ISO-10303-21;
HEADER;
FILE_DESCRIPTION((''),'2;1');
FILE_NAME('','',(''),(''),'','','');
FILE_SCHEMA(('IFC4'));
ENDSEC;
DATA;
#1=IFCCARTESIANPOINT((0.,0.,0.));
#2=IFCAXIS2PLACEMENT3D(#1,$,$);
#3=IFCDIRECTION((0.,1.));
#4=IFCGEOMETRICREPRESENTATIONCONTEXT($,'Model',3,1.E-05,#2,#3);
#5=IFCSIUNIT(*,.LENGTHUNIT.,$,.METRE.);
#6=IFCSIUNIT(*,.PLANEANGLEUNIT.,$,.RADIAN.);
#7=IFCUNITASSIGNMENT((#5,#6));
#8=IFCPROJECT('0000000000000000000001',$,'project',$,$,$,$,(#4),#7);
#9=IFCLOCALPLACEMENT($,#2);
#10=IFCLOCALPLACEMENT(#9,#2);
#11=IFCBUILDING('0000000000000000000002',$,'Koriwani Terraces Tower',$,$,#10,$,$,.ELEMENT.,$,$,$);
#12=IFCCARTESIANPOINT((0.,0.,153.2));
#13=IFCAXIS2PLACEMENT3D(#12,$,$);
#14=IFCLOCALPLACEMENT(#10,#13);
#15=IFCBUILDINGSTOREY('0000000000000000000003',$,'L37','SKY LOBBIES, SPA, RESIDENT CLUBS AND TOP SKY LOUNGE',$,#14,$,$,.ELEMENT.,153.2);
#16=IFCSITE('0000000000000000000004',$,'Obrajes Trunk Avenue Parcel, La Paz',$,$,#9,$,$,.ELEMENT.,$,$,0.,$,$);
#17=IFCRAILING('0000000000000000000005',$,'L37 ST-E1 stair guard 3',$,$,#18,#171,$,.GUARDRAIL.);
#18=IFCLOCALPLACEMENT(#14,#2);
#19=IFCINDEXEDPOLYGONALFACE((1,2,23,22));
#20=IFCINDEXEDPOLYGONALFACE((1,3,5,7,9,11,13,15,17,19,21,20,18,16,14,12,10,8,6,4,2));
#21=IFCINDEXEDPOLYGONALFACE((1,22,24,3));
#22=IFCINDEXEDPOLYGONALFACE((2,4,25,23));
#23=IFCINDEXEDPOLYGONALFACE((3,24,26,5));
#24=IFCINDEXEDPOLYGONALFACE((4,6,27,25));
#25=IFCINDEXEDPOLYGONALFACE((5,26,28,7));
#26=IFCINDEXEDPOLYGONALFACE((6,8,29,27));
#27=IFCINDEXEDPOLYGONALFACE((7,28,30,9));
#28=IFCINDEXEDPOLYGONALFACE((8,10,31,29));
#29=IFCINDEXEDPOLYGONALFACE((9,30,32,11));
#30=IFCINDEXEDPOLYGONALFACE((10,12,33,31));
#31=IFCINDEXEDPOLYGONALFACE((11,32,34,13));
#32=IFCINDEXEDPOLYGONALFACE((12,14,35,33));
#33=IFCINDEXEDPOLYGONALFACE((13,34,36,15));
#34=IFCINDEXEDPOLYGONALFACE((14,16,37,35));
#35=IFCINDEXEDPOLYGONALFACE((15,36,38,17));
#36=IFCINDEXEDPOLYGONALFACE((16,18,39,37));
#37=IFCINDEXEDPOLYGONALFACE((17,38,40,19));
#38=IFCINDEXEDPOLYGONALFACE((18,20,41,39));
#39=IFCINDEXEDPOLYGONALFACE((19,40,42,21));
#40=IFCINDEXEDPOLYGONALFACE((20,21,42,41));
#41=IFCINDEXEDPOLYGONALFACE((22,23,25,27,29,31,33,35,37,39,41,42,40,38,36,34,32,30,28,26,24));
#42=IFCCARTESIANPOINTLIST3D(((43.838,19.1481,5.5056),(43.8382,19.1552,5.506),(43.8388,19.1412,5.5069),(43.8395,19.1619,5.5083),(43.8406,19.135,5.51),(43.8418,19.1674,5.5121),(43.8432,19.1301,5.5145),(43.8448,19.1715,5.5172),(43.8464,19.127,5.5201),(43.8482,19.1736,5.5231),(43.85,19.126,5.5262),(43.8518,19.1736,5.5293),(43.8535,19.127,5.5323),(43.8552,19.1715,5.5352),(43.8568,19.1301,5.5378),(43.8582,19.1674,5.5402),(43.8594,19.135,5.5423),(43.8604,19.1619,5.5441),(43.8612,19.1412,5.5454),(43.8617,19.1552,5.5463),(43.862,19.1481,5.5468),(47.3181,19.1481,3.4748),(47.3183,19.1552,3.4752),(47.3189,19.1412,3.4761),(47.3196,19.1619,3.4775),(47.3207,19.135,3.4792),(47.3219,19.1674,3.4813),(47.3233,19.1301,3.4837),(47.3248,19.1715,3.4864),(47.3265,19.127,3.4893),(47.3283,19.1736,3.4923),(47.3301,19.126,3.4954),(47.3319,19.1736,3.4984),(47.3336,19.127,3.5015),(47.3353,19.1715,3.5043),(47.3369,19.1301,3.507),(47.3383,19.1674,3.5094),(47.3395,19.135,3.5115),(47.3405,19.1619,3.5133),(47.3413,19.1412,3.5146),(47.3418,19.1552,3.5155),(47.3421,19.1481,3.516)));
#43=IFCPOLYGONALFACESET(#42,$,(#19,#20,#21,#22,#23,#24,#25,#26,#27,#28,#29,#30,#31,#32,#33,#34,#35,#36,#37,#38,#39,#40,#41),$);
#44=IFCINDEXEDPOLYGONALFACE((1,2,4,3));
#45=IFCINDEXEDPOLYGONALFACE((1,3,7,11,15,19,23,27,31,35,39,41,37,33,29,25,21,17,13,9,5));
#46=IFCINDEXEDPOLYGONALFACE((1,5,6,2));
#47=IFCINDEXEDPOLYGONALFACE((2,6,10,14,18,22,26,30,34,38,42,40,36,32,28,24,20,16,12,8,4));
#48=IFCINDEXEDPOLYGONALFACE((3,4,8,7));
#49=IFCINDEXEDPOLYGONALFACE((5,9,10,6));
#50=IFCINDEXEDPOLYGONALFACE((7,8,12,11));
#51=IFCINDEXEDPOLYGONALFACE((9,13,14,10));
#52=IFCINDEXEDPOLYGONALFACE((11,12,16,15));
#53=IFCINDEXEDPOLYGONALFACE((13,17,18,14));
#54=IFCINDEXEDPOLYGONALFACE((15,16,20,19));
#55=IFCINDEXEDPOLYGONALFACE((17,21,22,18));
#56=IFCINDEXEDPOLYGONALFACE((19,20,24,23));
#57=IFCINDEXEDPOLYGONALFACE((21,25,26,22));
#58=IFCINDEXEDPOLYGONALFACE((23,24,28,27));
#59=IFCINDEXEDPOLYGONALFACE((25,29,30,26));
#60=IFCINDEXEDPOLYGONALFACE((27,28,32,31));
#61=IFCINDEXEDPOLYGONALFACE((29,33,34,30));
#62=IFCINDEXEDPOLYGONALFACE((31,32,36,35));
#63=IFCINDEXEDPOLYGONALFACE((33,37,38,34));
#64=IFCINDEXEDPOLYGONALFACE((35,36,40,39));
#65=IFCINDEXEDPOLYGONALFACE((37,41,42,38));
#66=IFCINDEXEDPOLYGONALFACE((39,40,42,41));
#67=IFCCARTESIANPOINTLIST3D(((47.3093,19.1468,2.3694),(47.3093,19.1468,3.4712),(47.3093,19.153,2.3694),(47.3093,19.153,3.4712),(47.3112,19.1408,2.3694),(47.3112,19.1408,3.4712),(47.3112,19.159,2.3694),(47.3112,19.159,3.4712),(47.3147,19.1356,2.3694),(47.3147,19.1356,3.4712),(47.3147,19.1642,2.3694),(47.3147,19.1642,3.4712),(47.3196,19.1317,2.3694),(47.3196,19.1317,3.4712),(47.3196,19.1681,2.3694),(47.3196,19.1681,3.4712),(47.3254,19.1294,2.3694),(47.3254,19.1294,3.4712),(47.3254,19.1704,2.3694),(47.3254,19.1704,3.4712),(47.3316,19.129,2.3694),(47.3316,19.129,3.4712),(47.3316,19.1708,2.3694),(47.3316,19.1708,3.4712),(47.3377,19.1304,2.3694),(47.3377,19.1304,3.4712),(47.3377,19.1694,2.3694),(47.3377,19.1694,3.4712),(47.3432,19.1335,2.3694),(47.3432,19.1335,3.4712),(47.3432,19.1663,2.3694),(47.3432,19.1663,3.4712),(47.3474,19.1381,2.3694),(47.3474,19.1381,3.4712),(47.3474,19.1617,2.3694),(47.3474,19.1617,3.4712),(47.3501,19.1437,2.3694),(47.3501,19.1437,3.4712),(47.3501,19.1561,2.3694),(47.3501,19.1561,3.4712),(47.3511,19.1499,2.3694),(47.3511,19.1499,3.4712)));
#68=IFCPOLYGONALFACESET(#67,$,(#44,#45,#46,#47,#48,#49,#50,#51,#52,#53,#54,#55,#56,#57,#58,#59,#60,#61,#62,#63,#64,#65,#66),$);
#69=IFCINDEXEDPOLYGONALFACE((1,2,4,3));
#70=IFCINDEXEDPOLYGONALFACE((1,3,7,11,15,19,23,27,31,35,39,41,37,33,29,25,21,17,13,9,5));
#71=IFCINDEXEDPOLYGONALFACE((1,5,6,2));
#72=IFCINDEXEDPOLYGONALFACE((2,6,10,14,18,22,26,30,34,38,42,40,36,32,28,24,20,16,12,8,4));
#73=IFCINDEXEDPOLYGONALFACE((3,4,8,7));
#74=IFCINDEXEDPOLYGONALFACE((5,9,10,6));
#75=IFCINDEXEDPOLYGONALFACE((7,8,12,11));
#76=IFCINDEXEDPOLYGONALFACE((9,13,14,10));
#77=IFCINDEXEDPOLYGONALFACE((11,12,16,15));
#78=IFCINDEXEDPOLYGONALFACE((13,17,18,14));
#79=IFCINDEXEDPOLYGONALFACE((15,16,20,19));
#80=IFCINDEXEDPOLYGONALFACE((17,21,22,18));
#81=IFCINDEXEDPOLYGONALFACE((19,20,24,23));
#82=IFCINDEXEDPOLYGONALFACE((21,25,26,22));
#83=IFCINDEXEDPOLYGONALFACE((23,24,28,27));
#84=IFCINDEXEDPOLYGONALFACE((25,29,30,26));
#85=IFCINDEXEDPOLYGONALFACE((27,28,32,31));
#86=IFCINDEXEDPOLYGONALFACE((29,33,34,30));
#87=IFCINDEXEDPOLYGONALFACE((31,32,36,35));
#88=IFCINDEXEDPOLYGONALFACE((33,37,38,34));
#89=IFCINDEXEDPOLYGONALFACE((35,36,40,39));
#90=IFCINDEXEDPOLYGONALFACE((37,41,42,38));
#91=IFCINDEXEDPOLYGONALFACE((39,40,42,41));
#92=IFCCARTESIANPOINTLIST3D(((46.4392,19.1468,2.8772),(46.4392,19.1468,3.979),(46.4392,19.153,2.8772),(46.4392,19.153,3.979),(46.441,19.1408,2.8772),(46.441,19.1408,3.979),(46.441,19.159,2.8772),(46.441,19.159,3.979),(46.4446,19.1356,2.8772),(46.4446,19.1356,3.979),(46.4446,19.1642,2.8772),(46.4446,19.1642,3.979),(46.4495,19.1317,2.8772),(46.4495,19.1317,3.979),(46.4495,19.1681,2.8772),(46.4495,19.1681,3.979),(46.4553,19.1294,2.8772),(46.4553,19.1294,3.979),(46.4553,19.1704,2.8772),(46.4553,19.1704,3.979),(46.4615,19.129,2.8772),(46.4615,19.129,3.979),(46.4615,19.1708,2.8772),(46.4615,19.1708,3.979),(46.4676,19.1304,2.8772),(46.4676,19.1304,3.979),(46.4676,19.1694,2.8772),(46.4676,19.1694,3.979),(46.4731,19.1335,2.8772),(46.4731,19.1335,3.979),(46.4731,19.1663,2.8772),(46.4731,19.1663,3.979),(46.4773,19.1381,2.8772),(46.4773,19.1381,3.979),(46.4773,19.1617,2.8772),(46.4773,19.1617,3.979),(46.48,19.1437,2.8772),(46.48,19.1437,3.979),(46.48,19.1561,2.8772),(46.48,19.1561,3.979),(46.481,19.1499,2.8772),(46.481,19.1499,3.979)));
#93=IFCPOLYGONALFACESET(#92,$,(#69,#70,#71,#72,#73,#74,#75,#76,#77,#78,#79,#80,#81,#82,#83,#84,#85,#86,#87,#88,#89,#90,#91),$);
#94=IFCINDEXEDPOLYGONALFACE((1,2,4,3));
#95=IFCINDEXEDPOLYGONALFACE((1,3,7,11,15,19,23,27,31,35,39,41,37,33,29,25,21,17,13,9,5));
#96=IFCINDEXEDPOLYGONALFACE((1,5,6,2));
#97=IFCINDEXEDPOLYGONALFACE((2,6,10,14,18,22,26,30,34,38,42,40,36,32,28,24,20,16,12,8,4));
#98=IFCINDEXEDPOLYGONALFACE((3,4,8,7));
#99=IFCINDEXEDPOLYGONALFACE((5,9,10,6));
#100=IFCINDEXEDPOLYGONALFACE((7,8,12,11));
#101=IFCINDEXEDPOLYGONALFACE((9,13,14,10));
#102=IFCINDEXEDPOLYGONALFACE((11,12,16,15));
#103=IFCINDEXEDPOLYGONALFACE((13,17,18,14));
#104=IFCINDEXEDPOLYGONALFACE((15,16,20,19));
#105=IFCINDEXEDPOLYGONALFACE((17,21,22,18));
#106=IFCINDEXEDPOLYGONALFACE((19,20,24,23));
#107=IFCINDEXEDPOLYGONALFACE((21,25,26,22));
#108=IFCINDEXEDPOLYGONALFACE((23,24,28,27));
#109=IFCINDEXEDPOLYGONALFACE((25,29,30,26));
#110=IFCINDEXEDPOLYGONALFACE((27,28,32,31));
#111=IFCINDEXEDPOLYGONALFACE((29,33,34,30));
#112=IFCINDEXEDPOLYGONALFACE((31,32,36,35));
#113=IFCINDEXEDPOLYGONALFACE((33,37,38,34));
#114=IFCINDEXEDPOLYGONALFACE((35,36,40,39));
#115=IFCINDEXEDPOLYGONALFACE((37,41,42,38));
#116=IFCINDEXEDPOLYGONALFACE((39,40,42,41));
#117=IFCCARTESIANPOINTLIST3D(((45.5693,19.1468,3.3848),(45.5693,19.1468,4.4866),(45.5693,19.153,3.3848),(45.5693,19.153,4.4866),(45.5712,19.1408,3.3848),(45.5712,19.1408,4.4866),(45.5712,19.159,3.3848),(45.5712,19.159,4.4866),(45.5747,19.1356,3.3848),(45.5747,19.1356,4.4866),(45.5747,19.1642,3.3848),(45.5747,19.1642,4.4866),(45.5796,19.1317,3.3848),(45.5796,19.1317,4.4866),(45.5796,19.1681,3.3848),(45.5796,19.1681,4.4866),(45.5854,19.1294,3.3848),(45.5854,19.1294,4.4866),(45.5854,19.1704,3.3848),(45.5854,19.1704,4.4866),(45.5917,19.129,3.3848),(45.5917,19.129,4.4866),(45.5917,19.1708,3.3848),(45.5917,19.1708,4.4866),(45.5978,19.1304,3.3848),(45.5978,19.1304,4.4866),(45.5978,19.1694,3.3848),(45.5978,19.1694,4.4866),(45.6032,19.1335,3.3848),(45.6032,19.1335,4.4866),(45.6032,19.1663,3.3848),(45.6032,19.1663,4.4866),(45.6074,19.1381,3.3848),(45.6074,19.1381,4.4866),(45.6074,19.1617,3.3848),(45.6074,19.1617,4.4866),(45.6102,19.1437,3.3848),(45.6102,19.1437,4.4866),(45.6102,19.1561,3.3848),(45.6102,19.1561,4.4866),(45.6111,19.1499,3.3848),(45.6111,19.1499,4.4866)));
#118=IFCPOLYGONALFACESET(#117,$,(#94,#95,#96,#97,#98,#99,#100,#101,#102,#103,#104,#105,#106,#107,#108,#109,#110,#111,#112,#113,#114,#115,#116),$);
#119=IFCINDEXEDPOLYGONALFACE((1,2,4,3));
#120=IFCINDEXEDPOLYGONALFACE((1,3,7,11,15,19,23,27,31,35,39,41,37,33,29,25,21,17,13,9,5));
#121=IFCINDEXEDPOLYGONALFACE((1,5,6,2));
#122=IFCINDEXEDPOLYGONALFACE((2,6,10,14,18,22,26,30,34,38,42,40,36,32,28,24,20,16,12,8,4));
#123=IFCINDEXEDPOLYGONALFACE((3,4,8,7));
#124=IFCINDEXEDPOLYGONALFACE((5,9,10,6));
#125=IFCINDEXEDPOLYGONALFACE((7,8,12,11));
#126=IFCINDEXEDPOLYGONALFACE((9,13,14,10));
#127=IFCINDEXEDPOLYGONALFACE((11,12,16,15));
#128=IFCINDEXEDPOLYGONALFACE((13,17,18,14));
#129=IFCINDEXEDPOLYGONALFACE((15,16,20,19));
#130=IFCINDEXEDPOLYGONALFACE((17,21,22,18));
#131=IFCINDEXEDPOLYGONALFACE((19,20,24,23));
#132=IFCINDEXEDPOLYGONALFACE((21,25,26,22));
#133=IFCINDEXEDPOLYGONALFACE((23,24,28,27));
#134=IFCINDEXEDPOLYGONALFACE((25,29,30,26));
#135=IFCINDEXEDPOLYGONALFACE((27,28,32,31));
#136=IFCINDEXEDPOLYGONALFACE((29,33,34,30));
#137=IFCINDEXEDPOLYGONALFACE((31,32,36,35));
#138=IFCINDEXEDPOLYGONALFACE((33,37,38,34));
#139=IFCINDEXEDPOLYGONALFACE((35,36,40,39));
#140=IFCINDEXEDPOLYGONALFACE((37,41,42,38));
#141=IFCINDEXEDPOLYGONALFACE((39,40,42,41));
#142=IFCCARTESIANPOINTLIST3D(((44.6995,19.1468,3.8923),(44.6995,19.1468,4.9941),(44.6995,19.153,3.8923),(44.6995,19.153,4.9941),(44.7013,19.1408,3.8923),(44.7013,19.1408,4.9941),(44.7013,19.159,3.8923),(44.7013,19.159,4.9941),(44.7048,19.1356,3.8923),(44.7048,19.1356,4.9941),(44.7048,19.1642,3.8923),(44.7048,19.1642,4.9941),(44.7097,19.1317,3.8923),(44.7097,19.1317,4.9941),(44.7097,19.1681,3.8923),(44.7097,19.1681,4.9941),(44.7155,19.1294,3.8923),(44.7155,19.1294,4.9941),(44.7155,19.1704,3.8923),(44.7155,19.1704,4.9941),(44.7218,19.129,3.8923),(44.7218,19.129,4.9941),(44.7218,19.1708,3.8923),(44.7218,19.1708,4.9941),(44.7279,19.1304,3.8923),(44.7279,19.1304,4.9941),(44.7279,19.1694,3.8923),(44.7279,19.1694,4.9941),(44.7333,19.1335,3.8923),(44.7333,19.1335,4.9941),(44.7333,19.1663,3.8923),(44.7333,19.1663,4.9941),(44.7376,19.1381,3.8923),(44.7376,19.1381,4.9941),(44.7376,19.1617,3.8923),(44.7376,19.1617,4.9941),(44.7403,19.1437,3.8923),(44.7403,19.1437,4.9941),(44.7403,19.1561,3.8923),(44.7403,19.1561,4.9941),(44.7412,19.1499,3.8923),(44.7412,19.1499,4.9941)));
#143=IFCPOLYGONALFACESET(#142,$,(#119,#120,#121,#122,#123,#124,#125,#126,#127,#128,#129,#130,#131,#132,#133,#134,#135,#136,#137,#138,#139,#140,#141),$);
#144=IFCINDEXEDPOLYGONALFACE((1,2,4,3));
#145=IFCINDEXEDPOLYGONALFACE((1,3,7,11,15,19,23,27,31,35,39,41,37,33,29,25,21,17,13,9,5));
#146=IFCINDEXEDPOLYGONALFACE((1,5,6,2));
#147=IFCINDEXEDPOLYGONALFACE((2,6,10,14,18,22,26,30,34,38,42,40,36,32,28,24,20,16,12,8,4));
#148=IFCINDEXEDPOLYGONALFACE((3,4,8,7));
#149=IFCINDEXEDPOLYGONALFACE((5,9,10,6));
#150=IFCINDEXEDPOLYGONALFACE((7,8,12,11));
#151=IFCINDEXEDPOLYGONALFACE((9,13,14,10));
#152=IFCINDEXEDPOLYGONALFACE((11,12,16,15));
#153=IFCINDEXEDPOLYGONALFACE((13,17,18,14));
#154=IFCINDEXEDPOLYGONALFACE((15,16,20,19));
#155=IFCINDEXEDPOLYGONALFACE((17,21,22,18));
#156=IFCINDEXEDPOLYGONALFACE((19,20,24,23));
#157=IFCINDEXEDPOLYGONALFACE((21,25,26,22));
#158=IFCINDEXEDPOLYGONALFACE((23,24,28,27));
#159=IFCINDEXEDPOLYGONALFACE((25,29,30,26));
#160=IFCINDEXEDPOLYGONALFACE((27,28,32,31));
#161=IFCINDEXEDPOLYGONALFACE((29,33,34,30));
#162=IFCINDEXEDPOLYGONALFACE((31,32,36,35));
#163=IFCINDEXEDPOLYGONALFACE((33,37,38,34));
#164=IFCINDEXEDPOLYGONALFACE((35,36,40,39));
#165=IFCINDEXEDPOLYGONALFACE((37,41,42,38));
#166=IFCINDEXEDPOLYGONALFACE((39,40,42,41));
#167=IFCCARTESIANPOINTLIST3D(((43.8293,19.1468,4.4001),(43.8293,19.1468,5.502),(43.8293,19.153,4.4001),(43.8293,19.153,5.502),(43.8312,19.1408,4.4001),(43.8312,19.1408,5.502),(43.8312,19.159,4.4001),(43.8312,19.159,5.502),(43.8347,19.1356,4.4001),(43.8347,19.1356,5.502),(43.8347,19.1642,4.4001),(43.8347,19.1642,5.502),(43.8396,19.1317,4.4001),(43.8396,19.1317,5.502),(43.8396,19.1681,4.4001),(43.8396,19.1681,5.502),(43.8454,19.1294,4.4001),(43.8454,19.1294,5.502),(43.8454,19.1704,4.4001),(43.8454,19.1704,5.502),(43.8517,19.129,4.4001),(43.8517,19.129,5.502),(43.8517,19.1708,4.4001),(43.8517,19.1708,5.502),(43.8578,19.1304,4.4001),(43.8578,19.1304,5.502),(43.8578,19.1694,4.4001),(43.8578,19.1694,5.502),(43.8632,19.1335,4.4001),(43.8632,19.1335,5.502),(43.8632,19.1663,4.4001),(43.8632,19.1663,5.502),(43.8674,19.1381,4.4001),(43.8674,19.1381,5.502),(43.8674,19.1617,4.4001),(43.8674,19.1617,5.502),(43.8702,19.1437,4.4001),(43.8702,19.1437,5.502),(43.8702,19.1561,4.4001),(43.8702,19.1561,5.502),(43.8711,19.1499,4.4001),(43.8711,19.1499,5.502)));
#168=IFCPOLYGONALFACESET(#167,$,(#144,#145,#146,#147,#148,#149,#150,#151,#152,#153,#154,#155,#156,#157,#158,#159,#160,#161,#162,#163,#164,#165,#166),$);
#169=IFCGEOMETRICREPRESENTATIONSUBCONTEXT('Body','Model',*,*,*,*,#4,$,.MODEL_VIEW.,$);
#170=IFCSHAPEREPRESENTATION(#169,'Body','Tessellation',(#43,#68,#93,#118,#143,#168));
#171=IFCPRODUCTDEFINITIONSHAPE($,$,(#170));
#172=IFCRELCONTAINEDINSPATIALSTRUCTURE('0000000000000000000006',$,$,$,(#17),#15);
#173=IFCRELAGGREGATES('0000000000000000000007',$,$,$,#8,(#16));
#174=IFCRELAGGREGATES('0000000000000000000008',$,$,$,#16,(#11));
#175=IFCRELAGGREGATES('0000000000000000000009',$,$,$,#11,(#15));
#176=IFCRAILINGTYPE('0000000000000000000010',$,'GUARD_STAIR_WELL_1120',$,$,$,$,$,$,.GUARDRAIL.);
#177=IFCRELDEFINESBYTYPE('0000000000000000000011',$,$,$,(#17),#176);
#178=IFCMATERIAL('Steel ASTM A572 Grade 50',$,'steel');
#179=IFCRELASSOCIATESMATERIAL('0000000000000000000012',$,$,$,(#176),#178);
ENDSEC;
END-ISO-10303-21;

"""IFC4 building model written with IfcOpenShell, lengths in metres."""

from ifc_helpers import new_model, si_unit, direction, frame, origin, origin_2d, place, context, subcontext, project, spatial, circle, extrude, material, type_object, element, save


model = new_model("IFC4")

# Units and contexts
model_context = context("Model", 3, precision=1e-05, world=origin(), true_north=direction((0.0, 1.0)))
body_context = subcontext(model_context, "Body", "Model", "MODEL_VIEW")
ifc_project = project(units=[si_unit("LENGTHUNIT", "METRE"), si_unit("PLANEANGLEUNIT", "RADIAN")], contexts=[model_context])

# Site, building, storey
site_placement = place(None, origin())
site = spatial("IfcSite", under=ifc_project, at=site_placement, Name="Obrajes Trunk Avenue Parcel, La Paz", CompositionType="ELEMENT", RefElevation=0.0)
building_placement = place(site_placement, origin())
building = spatial("IfcBuilding", under=site, at=building_placement, Name="Koriwani Terraces Tower", CompositionType="ELEMENT")
storey_placement = place(building_placement, frame((0.0, 0.0, 153.2)))
storey = spatial("IfcBuildingStorey", under=building, at=storey_placement, Name="L37", Description="SKY LOBBIES, SPA, RESIDENT CLUBS AND TOP SKY LOUNGE", CompositionType="ELEMENT", Elevation=153.2)

# Shared definitions
ifc_material_1 = material(Name="Steel ASTM A572 Grade 50", Category="steel")

# Railing
railing_type_1 = type_object("IfcRailingType", Name="GUARD_STAIR_WELL_1120", PredefinedType="GUARDRAIL", material=ifc_material_1)
railing_1_placement = place(storey_placement, frame((47.3301, 19.1499, 2.3694)))
element("IfcRailing", 1, at=railing_1_placement, inside=storey, type_object=railing_type_1, Name="L37 ST-E1 stair guard 3", PredefinedType="GUARDRAIL", context=body_context, shape_type="SweptSolid", body=[
    extrude(circle(Radius=0.0239, at=origin_2d()), frame((0.0, 0.0, 1.126), z_axis=(-0.863695, 0.0, 0.504014), x_axis=(0.0, -1.0, 0.0)), (0.0, 0.0, 1.0), 4.0293),
    extrude(circle(Radius=0.021, at=origin_2d()), origin(), (0.0, 0.0, 1.0), 1.1018),
    extrude(circle(Radius=0.021, at=origin_2d()), frame((-0.8701, 0.0, 0.5078)), (0.0, 0.0, 1.0), 1.1018),
    extrude(circle(Radius=0.021, at=origin_2d()), frame((-1.74, 0.0, 1.0154)), (0.0, 0.0, 1.0), 1.1018),
    extrude(circle(Radius=0.021, at=origin_2d()), frame((-2.6099, 0.0, 1.5229)), (0.0, 0.0, 1.0), 1.1018),
    extrude(circle(Radius=0.021, at=origin_2d()), frame((-3.48, 0.0, 2.0308)), (0.0, 0.0, 1.0), 1.1018),
])

save(model, "model.ifc")
